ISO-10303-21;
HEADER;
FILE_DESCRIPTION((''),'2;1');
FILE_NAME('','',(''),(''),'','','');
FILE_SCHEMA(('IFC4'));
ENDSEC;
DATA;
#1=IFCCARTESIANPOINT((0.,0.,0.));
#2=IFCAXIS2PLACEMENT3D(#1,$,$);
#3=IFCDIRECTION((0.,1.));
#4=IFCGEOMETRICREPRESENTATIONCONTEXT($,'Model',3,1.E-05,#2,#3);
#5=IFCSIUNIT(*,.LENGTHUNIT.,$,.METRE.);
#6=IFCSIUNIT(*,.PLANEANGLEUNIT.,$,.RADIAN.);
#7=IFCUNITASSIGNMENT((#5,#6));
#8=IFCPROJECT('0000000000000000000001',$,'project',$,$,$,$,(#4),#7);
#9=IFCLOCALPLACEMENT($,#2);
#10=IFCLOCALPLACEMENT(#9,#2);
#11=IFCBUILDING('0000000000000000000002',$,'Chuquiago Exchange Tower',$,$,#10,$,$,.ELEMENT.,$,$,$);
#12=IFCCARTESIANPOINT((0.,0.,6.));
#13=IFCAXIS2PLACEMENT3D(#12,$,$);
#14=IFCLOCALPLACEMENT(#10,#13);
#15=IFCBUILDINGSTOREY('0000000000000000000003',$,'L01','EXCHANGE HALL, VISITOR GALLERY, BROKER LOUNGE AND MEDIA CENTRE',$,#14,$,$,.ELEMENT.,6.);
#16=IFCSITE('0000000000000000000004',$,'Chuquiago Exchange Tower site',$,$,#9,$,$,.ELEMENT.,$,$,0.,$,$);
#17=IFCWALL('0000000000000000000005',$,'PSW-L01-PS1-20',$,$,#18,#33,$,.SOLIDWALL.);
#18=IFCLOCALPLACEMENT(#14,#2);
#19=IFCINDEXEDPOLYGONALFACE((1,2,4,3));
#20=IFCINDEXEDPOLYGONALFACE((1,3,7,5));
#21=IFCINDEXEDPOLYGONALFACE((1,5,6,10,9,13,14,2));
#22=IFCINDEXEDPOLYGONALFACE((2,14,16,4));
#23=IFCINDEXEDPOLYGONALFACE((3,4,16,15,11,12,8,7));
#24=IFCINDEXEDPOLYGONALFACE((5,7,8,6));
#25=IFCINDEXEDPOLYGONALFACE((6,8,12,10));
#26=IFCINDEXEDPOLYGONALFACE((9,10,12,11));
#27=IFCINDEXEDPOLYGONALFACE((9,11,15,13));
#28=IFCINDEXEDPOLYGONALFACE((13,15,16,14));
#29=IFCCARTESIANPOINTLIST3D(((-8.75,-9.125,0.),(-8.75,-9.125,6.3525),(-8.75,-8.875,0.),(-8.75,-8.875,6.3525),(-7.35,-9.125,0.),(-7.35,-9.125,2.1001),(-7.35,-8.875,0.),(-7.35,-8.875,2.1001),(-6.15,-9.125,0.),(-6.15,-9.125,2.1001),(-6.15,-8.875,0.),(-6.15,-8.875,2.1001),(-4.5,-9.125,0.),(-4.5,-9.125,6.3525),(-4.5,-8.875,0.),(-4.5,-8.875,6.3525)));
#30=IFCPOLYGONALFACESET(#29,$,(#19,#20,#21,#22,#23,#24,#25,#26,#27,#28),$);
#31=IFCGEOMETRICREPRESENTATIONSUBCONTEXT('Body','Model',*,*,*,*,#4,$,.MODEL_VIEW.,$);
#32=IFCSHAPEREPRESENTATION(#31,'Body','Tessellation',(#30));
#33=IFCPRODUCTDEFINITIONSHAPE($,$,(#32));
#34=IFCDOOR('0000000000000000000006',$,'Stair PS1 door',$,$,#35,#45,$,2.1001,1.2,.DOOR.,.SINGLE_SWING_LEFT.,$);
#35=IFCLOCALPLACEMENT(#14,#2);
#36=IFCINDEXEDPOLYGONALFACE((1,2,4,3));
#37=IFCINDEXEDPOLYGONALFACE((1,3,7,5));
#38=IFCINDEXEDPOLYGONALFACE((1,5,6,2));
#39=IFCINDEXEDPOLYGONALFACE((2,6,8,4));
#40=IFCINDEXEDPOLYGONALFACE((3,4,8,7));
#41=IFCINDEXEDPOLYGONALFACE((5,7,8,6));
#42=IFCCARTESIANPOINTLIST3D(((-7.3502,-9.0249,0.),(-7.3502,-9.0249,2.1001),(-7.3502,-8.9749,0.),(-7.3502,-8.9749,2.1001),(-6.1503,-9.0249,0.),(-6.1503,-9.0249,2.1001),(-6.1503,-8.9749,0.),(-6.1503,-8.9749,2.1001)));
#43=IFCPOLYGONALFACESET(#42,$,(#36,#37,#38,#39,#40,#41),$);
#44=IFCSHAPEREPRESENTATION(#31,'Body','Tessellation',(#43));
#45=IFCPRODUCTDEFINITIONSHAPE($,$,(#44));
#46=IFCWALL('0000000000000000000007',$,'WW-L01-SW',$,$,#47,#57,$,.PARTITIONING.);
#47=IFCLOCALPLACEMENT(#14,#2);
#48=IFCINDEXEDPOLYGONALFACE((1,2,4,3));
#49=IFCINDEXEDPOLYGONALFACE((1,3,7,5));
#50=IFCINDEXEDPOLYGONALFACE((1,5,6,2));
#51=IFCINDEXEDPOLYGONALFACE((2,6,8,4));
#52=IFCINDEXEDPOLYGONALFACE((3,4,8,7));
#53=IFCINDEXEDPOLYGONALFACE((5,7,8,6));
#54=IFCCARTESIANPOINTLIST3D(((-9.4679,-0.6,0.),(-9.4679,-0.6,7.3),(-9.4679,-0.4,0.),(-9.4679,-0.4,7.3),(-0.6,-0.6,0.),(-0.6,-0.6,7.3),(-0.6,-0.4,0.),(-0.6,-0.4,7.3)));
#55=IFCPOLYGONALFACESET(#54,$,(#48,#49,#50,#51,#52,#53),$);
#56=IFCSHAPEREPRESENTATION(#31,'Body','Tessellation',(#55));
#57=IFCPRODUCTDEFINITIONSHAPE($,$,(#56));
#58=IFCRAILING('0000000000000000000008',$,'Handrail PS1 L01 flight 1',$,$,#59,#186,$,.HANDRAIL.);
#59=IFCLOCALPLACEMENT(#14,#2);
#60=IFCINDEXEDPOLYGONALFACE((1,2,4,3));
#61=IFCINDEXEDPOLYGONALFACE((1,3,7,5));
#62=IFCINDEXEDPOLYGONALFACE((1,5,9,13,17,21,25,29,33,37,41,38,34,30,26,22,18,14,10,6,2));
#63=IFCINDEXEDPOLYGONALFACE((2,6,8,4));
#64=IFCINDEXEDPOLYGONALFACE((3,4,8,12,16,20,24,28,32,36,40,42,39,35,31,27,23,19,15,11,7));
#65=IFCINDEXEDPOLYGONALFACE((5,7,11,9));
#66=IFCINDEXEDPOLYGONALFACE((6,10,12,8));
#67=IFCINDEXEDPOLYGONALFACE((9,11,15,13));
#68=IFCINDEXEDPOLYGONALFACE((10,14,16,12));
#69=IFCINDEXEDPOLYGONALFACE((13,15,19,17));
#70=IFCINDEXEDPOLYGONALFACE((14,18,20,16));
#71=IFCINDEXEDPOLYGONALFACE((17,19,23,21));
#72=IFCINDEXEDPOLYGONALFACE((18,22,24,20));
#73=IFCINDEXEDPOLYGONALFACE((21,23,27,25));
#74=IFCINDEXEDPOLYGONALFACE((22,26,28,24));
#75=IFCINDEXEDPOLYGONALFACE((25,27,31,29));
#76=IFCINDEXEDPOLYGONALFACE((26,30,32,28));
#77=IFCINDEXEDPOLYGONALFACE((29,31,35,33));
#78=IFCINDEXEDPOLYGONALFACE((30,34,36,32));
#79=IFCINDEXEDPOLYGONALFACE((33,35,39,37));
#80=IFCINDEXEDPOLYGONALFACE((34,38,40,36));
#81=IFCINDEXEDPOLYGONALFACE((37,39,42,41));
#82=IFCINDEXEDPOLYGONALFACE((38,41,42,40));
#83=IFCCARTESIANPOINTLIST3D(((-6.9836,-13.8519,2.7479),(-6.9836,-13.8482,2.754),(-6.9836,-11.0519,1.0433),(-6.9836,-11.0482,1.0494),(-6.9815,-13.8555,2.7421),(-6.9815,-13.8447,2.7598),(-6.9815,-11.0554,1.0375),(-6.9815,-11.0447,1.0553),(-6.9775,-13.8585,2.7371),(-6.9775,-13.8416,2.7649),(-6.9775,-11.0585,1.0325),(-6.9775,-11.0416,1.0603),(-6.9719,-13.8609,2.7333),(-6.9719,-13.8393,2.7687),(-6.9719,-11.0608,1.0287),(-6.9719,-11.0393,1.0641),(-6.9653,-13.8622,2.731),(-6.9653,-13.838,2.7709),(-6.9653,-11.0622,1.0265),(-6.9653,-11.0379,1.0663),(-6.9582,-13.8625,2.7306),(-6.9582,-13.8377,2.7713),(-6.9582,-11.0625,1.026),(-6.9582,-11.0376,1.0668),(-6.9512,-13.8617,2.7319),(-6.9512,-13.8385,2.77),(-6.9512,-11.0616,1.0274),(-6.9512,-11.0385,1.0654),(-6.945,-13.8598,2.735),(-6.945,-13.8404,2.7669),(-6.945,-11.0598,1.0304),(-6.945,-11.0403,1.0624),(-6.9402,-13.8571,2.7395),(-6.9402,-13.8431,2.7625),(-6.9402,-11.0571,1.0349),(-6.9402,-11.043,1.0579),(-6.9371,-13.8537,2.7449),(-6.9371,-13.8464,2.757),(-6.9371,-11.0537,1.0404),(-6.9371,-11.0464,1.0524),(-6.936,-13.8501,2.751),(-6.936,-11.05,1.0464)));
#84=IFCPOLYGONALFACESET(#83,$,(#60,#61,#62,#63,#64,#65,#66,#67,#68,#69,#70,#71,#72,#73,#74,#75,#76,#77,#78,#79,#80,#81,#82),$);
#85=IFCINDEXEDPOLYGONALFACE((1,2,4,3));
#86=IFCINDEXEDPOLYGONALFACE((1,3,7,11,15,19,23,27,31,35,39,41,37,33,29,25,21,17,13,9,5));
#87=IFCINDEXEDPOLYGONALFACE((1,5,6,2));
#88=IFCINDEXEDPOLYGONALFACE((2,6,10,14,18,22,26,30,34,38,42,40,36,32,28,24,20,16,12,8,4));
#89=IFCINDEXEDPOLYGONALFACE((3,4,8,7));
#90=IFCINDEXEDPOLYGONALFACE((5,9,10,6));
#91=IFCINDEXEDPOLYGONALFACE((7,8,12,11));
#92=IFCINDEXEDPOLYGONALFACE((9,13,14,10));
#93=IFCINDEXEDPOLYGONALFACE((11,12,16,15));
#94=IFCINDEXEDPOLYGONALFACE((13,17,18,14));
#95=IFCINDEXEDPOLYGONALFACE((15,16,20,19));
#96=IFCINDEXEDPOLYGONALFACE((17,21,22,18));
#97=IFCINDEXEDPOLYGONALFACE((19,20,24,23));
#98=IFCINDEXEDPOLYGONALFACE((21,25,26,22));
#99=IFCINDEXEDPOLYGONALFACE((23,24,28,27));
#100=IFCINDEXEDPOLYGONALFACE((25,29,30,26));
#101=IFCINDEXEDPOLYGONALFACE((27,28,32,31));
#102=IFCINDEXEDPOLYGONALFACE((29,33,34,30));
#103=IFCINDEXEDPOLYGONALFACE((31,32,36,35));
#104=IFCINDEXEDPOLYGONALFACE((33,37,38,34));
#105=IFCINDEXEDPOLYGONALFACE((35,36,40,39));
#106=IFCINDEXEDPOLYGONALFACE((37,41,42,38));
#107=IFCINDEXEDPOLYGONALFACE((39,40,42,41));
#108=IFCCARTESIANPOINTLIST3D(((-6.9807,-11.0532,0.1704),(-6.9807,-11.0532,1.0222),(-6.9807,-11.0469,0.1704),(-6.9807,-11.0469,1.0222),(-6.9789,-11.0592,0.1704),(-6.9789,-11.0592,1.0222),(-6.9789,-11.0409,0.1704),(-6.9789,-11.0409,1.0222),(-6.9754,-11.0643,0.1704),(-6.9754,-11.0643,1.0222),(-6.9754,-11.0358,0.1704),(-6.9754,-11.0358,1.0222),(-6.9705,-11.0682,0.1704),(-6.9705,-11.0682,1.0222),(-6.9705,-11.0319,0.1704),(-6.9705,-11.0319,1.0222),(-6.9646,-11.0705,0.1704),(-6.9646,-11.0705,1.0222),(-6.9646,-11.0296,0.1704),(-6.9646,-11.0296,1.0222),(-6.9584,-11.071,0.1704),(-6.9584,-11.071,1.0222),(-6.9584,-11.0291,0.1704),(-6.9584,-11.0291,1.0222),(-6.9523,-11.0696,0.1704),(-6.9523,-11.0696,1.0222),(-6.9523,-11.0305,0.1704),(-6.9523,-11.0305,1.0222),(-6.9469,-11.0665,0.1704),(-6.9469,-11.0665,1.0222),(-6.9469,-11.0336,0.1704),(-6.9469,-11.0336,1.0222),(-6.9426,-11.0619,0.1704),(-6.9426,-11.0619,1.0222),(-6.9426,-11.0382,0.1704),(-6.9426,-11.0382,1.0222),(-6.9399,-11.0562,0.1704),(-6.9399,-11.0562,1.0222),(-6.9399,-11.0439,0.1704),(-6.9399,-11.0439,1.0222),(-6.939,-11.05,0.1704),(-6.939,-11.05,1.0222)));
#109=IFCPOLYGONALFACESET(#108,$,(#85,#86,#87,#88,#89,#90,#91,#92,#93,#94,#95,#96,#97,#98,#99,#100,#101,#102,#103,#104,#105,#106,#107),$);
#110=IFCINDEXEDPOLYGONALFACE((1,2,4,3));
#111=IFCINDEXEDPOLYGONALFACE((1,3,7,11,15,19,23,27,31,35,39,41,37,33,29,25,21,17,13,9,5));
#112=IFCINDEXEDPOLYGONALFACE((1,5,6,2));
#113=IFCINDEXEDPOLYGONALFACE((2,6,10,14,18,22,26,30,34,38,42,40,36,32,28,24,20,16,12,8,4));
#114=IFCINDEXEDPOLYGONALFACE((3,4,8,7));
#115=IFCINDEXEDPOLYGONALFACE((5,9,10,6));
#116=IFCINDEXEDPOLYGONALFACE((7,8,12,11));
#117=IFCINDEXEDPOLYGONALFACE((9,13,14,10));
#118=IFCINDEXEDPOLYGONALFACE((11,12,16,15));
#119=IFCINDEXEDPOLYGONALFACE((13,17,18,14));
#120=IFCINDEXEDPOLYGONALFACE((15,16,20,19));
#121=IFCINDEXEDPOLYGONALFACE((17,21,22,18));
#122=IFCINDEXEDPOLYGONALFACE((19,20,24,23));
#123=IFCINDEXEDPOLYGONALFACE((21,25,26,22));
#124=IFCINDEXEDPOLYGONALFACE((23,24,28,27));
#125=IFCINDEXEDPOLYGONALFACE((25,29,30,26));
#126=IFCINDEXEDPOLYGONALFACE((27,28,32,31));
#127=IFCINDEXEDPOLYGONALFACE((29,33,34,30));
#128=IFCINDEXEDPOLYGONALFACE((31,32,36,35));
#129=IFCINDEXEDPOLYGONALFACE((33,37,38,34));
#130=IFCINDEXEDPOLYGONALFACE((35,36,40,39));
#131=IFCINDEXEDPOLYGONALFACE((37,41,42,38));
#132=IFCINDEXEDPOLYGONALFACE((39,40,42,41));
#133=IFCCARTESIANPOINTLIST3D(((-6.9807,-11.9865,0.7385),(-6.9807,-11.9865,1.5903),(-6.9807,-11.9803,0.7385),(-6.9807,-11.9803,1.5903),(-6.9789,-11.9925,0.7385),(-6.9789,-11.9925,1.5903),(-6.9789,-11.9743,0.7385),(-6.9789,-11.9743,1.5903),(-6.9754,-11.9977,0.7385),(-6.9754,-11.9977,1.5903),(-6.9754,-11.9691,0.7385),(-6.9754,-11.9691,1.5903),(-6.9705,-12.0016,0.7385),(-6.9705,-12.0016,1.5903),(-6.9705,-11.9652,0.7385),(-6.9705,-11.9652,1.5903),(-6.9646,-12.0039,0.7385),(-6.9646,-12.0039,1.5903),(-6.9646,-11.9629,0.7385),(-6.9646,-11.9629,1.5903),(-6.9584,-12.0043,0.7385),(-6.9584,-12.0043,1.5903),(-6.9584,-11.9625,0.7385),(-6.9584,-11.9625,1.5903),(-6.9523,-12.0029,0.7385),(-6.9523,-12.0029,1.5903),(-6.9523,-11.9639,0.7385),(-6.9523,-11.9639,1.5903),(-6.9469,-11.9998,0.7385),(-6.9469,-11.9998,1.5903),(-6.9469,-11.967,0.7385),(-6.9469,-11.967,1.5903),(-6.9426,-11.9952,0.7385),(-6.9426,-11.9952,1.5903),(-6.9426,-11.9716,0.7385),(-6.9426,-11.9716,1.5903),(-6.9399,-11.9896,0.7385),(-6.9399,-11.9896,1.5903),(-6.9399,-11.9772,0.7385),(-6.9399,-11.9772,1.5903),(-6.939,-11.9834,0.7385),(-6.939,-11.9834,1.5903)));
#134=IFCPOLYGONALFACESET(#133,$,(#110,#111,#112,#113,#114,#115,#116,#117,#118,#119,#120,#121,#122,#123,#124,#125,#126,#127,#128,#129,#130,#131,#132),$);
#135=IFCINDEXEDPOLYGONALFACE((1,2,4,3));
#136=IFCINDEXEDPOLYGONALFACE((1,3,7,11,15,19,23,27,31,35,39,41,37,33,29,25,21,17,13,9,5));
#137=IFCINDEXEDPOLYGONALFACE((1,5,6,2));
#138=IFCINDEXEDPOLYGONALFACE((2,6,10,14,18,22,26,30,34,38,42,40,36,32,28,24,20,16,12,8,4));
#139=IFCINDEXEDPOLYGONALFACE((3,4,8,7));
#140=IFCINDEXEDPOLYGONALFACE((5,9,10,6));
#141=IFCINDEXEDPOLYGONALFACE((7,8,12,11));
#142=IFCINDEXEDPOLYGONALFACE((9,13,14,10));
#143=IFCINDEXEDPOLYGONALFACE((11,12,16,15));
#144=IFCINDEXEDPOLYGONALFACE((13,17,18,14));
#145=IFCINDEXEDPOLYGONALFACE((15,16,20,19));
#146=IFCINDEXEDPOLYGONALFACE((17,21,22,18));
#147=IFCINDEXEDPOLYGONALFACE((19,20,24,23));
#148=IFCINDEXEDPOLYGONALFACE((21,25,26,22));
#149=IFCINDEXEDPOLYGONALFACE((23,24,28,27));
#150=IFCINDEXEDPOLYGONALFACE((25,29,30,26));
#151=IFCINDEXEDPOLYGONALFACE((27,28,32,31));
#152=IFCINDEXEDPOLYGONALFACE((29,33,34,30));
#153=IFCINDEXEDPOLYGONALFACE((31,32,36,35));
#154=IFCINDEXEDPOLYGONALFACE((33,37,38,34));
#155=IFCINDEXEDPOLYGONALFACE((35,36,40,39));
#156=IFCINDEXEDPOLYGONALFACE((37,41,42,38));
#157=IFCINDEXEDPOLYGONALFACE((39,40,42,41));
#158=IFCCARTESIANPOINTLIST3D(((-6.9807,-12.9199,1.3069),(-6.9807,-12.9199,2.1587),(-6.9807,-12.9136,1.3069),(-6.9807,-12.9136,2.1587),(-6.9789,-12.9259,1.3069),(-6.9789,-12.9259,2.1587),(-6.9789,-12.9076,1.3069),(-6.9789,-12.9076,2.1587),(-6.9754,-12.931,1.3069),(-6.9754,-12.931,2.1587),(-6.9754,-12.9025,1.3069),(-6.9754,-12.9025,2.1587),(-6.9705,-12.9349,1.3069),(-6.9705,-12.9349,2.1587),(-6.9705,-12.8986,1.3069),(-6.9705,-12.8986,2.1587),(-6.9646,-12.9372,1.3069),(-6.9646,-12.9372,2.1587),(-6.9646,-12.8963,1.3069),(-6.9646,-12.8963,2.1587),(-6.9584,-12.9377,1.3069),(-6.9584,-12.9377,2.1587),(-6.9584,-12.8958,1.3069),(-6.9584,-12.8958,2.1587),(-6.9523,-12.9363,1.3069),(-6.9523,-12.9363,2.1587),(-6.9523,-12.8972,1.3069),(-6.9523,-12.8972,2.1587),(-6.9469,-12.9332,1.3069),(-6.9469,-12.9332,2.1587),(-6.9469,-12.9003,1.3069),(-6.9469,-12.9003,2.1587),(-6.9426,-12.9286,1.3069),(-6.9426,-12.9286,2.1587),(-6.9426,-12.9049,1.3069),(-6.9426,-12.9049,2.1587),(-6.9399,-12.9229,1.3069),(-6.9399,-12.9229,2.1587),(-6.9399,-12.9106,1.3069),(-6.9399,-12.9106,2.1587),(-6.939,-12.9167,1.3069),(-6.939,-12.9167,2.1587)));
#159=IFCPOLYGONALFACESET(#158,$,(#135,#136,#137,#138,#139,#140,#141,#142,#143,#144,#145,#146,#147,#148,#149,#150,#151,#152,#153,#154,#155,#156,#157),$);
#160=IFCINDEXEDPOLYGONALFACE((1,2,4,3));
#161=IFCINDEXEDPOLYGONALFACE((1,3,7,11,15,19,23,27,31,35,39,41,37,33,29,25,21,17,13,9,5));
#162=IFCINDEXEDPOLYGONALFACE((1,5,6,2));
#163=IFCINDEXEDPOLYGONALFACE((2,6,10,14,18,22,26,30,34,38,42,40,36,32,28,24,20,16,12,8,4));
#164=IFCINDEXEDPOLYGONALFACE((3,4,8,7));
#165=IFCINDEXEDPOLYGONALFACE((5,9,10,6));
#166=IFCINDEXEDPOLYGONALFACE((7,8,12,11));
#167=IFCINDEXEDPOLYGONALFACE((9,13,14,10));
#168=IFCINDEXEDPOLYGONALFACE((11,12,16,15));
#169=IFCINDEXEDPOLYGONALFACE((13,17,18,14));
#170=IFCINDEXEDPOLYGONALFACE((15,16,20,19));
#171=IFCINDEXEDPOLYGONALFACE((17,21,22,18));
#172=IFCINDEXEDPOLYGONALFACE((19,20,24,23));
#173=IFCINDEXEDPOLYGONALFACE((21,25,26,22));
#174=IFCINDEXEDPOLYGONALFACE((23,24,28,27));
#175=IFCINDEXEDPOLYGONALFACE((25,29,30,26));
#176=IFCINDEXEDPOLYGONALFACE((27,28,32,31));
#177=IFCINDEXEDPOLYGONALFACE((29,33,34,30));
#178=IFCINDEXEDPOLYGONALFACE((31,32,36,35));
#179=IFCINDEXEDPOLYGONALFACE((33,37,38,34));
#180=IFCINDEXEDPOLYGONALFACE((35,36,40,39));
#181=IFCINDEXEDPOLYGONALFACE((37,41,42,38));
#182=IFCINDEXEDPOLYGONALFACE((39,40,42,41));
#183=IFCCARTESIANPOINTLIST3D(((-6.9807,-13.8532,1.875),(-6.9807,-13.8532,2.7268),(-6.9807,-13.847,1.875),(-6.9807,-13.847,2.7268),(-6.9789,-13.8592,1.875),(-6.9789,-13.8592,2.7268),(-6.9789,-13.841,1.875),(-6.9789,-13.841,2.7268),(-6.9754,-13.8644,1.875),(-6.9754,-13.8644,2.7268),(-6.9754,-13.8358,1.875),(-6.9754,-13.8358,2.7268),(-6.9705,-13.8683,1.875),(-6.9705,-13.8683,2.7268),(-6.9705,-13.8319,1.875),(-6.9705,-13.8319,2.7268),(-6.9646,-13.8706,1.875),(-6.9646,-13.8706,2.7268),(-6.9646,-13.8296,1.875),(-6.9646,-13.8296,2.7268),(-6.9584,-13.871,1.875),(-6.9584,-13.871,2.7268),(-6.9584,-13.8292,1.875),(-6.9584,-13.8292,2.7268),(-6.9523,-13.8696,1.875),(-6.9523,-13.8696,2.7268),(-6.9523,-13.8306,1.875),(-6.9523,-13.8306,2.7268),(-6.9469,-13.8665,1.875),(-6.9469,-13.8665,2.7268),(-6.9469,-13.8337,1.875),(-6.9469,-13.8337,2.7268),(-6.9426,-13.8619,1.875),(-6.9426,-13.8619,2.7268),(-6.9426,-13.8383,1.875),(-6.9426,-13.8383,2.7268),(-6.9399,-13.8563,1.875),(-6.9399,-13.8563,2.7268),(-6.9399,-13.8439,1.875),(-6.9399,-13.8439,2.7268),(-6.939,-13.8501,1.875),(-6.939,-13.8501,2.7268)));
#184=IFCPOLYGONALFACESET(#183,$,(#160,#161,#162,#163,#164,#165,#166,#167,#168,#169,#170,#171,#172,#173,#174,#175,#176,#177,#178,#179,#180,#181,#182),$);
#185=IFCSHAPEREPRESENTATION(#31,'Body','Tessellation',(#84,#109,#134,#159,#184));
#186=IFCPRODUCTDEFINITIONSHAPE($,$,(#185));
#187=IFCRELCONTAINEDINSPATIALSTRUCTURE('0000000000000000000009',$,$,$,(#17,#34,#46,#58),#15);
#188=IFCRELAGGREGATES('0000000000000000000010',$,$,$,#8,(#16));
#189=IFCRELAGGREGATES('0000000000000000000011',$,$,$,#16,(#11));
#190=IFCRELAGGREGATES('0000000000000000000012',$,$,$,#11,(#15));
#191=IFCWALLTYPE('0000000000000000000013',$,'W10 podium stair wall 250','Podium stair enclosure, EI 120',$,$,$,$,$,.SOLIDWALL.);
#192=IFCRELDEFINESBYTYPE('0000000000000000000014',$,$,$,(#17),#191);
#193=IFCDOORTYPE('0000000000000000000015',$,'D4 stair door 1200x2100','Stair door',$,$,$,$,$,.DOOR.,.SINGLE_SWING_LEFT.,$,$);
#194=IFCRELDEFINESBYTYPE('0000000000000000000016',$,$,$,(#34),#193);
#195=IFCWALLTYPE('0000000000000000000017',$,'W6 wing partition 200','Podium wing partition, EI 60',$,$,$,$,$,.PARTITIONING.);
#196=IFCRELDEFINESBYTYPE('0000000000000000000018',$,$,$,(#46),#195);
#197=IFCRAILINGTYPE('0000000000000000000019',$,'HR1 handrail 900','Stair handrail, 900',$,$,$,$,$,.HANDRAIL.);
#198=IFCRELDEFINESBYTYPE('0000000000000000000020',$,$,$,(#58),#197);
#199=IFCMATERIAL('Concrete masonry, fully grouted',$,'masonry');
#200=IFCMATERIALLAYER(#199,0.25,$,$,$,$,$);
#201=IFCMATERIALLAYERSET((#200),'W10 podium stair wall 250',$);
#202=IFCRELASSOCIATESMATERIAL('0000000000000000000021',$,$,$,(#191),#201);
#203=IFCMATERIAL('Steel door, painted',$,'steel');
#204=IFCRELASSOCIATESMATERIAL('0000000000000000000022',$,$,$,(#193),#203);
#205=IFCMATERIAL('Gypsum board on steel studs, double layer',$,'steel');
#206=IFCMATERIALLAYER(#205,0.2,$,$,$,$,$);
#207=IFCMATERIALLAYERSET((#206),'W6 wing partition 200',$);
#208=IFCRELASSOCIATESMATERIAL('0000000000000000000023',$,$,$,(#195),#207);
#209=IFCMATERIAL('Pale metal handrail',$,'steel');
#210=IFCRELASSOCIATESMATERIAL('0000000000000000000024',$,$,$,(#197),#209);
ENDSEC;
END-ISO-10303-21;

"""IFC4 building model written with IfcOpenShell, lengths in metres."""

from ifc_helpers import new_model, si_unit, direction, frame, frame_2d, origin, origin_2d, place, context, subcontext, project, spatial, rectangle, circle, extrude, material, layer, layer_set, type_object, element, fill, save


model = new_model("IFC4")

# Units and contexts
model_context = context("Model", 3, precision=1e-05, world=origin(), true_north=direction((0.0, 1.0)))
body_context = subcontext(model_context, "Body", "Model", "MODEL_VIEW")
ifc_project = project(units=[si_unit("LENGTHUNIT", "METRE"), si_unit("PLANEANGLEUNIT", "RADIAN")], contexts=[model_context])

# Site, building, storey
site_placement = place(None, origin())
site = spatial("IfcSite", under=ifc_project, at=site_placement, Name="Chuquiago Exchange Tower site", CompositionType="ELEMENT", RefElevation=0.0)
building_placement = place(site_placement, origin())
building = spatial("IfcBuilding", under=site, at=building_placement, Name="Chuquiago Exchange Tower", CompositionType="ELEMENT")
storey_placement = place(building_placement, frame((0.0, 0.0, 6.0)))
storey = spatial("IfcBuildingStorey", under=building, at=storey_placement, Name="L01", Description="EXCHANGE HALL, VISITOR GALLERY, BROKER LOUNGE AND MEDIA CENTRE", CompositionType="ELEMENT", Elevation=6.0)

# Wall, opening, door
ifc_material_1 = material(Name="Concrete masonry, fully grouted", Category="masonry")
ifc_layer_1 = layer(ifc_material_1, 0.25)
ifc_layer_set_1 = layer_set([ifc_layer_1], Name="W10 podium stair wall 250")
wall_type_1 = type_object("IfcWallType", Name="W10 podium stair wall 250", Description="Podium stair enclosure, EI 120", PredefinedType="SOLIDWALL", material=ifc_layer_set_1)
wall_1_placement = place(storey_placement, frame((-8.75, -9.0, 0.0), z_axis=(0.0, 0.0, 1.0), x_axis=(1.0, 0.0, 0.0)))
wall_1 = element("IfcWall", 1, at=wall_1_placement, inside=storey, type_object=wall_type_1, Name="PSW-L01-PS1-20", PredefinedType="SOLIDWALL", context=body_context, shape_type="SweptSolid", body=[
    extrude(rectangle(XDim=4.25, YDim=0.25, at=frame_2d((2.125, 0.0))), origin(), (0.0, 0.0, 1.0), 6.3525),
])
opening_placement = place(wall_1_placement, frame((1.3999, 0.0, 0.0)))
opening = element("IfcOpeningElement", 2, at=opening_placement, cuts=wall_1, PredefinedType="OPENING", context=body_context, shape_type="SweptSolid", body=[
    extrude(rectangle(XDim=1.2, YDim=2.1001, at=frame_2d((0.6001, 1.05))), frame((0.0, 0.135, 0.0), z_axis=(0.0, -1.0, 0.0), x_axis=(1.0, 0.0, 0.0)), (0.0, 0.0, 1.0), 0.27),
])
ifc_material_2 = material(Name="Steel door, painted", Category="steel")
door_type = type_object("IfcDoorType", Name="D4 stair door 1200x2100", Description="Stair door", OperationType="SINGLE_SWING_LEFT", PredefinedType="DOOR", material=ifc_material_2)
door_placement = place(opening_placement, frame((1.2, 0.0, 0.0), z_axis=(0.0, 0.0, 1.0), x_axis=(-1.0, 0.0, 0.0)))
door = element("IfcDoor", 3, at=door_placement, inside=storey, type_object=door_type, Name="Stair PS1 door", OperationType="SINGLE_SWING_LEFT", OverallHeight=2.1001, OverallWidth=1.2, PredefinedType="DOOR", context=body_context, shape_type="SweptSolid", body=[
    extrude(rectangle(XDim=1.2, YDim=2.1001, at=frame_2d((0.6001, 1.05))), frame((0.0, 0.0249, 0.0), z_axis=(0.0, -1.0, 0.0), x_axis=(1.0, 0.0, 0.0)), (0.0, 0.0, 1.0), 0.05),
])
fill(opening, door)

# Wall
ifc_material_3 = material(Name="Gypsum board on steel studs, double layer", Category="steel")
ifc_layer_2 = layer(ifc_material_3, 0.2)
ifc_layer_set_2 = layer_set([ifc_layer_2], Name="W6 wing partition 200")
wall_type_2 = type_object("IfcWallType", Name="W6 wing partition 200", Description="Podium wing partition, EI 60", PredefinedType="PARTITIONING", material=ifc_layer_set_2)
wall_2_placement = place(storey_placement, frame((-9.468, -0.5, 0.0), z_axis=(0.0, 0.0, 1.0), x_axis=(1.0, 0.0, 0.0)))
element("IfcWall", 4, at=wall_2_placement, inside=storey, type_object=wall_type_2, Name="WW-L01-SW", PredefinedType="PARTITIONING", context=body_context, shape_type="SweptSolid", body=[
    extrude(rectangle(XDim=8.8679, YDim=0.2, at=frame_2d((4.4341, 0.0))), origin(), (0.0, 0.0, 1.0), 7.3),
])

# Railing
ifc_material_4 = material(Name="Pale metal handrail", Category="steel")
railing_type = type_object("IfcRailingType", Name="HR1 handrail 900", Description="Stair handrail, 900", PredefinedType="HANDRAIL", material=ifc_material_4)
for number, where, name in (
    (5, (-6.96, -11.05, 0.1704), "Handrail PS1 L01 flight 1"),
):
    element("IfcRailing", number, at=place(storey_placement, frame(where)), inside=storey, type_object=railing_type, Name=name, PredefinedType="HANDRAIL", context=body_context, shape_type="SweptSolid", body=[
        extrude(circle(Radius=0.0239, at=origin_2d()), frame((0.0, 0.0, 0.876), z_axis=(0.0, -0.85417, 0.519994), x_axis=(1.0, 0.0, 0.0)), (0.0, 0.0, 1.0), 3.2781),
        extrude(circle(Radius=0.021, at=origin_2d()), origin(), (0.0, 0.0, 1.0), 0.8518),
        extrude(circle(Radius=0.021, at=origin_2d()), frame((0.0, -0.9333, 0.5681)), (0.0, 0.0, 1.0), 0.8518),
        extrude(circle(Radius=0.021, at=origin_2d()), frame((0.0, -1.8667, 1.1365)), (0.0, 0.0, 1.0), 0.8518),
        extrude(circle(Radius=0.021, at=origin_2d()), frame((0.0, -2.8, 1.7046)), (0.0, 0.0, 1.0), 0.8518),
    ])

save(model, "model.ifc")
